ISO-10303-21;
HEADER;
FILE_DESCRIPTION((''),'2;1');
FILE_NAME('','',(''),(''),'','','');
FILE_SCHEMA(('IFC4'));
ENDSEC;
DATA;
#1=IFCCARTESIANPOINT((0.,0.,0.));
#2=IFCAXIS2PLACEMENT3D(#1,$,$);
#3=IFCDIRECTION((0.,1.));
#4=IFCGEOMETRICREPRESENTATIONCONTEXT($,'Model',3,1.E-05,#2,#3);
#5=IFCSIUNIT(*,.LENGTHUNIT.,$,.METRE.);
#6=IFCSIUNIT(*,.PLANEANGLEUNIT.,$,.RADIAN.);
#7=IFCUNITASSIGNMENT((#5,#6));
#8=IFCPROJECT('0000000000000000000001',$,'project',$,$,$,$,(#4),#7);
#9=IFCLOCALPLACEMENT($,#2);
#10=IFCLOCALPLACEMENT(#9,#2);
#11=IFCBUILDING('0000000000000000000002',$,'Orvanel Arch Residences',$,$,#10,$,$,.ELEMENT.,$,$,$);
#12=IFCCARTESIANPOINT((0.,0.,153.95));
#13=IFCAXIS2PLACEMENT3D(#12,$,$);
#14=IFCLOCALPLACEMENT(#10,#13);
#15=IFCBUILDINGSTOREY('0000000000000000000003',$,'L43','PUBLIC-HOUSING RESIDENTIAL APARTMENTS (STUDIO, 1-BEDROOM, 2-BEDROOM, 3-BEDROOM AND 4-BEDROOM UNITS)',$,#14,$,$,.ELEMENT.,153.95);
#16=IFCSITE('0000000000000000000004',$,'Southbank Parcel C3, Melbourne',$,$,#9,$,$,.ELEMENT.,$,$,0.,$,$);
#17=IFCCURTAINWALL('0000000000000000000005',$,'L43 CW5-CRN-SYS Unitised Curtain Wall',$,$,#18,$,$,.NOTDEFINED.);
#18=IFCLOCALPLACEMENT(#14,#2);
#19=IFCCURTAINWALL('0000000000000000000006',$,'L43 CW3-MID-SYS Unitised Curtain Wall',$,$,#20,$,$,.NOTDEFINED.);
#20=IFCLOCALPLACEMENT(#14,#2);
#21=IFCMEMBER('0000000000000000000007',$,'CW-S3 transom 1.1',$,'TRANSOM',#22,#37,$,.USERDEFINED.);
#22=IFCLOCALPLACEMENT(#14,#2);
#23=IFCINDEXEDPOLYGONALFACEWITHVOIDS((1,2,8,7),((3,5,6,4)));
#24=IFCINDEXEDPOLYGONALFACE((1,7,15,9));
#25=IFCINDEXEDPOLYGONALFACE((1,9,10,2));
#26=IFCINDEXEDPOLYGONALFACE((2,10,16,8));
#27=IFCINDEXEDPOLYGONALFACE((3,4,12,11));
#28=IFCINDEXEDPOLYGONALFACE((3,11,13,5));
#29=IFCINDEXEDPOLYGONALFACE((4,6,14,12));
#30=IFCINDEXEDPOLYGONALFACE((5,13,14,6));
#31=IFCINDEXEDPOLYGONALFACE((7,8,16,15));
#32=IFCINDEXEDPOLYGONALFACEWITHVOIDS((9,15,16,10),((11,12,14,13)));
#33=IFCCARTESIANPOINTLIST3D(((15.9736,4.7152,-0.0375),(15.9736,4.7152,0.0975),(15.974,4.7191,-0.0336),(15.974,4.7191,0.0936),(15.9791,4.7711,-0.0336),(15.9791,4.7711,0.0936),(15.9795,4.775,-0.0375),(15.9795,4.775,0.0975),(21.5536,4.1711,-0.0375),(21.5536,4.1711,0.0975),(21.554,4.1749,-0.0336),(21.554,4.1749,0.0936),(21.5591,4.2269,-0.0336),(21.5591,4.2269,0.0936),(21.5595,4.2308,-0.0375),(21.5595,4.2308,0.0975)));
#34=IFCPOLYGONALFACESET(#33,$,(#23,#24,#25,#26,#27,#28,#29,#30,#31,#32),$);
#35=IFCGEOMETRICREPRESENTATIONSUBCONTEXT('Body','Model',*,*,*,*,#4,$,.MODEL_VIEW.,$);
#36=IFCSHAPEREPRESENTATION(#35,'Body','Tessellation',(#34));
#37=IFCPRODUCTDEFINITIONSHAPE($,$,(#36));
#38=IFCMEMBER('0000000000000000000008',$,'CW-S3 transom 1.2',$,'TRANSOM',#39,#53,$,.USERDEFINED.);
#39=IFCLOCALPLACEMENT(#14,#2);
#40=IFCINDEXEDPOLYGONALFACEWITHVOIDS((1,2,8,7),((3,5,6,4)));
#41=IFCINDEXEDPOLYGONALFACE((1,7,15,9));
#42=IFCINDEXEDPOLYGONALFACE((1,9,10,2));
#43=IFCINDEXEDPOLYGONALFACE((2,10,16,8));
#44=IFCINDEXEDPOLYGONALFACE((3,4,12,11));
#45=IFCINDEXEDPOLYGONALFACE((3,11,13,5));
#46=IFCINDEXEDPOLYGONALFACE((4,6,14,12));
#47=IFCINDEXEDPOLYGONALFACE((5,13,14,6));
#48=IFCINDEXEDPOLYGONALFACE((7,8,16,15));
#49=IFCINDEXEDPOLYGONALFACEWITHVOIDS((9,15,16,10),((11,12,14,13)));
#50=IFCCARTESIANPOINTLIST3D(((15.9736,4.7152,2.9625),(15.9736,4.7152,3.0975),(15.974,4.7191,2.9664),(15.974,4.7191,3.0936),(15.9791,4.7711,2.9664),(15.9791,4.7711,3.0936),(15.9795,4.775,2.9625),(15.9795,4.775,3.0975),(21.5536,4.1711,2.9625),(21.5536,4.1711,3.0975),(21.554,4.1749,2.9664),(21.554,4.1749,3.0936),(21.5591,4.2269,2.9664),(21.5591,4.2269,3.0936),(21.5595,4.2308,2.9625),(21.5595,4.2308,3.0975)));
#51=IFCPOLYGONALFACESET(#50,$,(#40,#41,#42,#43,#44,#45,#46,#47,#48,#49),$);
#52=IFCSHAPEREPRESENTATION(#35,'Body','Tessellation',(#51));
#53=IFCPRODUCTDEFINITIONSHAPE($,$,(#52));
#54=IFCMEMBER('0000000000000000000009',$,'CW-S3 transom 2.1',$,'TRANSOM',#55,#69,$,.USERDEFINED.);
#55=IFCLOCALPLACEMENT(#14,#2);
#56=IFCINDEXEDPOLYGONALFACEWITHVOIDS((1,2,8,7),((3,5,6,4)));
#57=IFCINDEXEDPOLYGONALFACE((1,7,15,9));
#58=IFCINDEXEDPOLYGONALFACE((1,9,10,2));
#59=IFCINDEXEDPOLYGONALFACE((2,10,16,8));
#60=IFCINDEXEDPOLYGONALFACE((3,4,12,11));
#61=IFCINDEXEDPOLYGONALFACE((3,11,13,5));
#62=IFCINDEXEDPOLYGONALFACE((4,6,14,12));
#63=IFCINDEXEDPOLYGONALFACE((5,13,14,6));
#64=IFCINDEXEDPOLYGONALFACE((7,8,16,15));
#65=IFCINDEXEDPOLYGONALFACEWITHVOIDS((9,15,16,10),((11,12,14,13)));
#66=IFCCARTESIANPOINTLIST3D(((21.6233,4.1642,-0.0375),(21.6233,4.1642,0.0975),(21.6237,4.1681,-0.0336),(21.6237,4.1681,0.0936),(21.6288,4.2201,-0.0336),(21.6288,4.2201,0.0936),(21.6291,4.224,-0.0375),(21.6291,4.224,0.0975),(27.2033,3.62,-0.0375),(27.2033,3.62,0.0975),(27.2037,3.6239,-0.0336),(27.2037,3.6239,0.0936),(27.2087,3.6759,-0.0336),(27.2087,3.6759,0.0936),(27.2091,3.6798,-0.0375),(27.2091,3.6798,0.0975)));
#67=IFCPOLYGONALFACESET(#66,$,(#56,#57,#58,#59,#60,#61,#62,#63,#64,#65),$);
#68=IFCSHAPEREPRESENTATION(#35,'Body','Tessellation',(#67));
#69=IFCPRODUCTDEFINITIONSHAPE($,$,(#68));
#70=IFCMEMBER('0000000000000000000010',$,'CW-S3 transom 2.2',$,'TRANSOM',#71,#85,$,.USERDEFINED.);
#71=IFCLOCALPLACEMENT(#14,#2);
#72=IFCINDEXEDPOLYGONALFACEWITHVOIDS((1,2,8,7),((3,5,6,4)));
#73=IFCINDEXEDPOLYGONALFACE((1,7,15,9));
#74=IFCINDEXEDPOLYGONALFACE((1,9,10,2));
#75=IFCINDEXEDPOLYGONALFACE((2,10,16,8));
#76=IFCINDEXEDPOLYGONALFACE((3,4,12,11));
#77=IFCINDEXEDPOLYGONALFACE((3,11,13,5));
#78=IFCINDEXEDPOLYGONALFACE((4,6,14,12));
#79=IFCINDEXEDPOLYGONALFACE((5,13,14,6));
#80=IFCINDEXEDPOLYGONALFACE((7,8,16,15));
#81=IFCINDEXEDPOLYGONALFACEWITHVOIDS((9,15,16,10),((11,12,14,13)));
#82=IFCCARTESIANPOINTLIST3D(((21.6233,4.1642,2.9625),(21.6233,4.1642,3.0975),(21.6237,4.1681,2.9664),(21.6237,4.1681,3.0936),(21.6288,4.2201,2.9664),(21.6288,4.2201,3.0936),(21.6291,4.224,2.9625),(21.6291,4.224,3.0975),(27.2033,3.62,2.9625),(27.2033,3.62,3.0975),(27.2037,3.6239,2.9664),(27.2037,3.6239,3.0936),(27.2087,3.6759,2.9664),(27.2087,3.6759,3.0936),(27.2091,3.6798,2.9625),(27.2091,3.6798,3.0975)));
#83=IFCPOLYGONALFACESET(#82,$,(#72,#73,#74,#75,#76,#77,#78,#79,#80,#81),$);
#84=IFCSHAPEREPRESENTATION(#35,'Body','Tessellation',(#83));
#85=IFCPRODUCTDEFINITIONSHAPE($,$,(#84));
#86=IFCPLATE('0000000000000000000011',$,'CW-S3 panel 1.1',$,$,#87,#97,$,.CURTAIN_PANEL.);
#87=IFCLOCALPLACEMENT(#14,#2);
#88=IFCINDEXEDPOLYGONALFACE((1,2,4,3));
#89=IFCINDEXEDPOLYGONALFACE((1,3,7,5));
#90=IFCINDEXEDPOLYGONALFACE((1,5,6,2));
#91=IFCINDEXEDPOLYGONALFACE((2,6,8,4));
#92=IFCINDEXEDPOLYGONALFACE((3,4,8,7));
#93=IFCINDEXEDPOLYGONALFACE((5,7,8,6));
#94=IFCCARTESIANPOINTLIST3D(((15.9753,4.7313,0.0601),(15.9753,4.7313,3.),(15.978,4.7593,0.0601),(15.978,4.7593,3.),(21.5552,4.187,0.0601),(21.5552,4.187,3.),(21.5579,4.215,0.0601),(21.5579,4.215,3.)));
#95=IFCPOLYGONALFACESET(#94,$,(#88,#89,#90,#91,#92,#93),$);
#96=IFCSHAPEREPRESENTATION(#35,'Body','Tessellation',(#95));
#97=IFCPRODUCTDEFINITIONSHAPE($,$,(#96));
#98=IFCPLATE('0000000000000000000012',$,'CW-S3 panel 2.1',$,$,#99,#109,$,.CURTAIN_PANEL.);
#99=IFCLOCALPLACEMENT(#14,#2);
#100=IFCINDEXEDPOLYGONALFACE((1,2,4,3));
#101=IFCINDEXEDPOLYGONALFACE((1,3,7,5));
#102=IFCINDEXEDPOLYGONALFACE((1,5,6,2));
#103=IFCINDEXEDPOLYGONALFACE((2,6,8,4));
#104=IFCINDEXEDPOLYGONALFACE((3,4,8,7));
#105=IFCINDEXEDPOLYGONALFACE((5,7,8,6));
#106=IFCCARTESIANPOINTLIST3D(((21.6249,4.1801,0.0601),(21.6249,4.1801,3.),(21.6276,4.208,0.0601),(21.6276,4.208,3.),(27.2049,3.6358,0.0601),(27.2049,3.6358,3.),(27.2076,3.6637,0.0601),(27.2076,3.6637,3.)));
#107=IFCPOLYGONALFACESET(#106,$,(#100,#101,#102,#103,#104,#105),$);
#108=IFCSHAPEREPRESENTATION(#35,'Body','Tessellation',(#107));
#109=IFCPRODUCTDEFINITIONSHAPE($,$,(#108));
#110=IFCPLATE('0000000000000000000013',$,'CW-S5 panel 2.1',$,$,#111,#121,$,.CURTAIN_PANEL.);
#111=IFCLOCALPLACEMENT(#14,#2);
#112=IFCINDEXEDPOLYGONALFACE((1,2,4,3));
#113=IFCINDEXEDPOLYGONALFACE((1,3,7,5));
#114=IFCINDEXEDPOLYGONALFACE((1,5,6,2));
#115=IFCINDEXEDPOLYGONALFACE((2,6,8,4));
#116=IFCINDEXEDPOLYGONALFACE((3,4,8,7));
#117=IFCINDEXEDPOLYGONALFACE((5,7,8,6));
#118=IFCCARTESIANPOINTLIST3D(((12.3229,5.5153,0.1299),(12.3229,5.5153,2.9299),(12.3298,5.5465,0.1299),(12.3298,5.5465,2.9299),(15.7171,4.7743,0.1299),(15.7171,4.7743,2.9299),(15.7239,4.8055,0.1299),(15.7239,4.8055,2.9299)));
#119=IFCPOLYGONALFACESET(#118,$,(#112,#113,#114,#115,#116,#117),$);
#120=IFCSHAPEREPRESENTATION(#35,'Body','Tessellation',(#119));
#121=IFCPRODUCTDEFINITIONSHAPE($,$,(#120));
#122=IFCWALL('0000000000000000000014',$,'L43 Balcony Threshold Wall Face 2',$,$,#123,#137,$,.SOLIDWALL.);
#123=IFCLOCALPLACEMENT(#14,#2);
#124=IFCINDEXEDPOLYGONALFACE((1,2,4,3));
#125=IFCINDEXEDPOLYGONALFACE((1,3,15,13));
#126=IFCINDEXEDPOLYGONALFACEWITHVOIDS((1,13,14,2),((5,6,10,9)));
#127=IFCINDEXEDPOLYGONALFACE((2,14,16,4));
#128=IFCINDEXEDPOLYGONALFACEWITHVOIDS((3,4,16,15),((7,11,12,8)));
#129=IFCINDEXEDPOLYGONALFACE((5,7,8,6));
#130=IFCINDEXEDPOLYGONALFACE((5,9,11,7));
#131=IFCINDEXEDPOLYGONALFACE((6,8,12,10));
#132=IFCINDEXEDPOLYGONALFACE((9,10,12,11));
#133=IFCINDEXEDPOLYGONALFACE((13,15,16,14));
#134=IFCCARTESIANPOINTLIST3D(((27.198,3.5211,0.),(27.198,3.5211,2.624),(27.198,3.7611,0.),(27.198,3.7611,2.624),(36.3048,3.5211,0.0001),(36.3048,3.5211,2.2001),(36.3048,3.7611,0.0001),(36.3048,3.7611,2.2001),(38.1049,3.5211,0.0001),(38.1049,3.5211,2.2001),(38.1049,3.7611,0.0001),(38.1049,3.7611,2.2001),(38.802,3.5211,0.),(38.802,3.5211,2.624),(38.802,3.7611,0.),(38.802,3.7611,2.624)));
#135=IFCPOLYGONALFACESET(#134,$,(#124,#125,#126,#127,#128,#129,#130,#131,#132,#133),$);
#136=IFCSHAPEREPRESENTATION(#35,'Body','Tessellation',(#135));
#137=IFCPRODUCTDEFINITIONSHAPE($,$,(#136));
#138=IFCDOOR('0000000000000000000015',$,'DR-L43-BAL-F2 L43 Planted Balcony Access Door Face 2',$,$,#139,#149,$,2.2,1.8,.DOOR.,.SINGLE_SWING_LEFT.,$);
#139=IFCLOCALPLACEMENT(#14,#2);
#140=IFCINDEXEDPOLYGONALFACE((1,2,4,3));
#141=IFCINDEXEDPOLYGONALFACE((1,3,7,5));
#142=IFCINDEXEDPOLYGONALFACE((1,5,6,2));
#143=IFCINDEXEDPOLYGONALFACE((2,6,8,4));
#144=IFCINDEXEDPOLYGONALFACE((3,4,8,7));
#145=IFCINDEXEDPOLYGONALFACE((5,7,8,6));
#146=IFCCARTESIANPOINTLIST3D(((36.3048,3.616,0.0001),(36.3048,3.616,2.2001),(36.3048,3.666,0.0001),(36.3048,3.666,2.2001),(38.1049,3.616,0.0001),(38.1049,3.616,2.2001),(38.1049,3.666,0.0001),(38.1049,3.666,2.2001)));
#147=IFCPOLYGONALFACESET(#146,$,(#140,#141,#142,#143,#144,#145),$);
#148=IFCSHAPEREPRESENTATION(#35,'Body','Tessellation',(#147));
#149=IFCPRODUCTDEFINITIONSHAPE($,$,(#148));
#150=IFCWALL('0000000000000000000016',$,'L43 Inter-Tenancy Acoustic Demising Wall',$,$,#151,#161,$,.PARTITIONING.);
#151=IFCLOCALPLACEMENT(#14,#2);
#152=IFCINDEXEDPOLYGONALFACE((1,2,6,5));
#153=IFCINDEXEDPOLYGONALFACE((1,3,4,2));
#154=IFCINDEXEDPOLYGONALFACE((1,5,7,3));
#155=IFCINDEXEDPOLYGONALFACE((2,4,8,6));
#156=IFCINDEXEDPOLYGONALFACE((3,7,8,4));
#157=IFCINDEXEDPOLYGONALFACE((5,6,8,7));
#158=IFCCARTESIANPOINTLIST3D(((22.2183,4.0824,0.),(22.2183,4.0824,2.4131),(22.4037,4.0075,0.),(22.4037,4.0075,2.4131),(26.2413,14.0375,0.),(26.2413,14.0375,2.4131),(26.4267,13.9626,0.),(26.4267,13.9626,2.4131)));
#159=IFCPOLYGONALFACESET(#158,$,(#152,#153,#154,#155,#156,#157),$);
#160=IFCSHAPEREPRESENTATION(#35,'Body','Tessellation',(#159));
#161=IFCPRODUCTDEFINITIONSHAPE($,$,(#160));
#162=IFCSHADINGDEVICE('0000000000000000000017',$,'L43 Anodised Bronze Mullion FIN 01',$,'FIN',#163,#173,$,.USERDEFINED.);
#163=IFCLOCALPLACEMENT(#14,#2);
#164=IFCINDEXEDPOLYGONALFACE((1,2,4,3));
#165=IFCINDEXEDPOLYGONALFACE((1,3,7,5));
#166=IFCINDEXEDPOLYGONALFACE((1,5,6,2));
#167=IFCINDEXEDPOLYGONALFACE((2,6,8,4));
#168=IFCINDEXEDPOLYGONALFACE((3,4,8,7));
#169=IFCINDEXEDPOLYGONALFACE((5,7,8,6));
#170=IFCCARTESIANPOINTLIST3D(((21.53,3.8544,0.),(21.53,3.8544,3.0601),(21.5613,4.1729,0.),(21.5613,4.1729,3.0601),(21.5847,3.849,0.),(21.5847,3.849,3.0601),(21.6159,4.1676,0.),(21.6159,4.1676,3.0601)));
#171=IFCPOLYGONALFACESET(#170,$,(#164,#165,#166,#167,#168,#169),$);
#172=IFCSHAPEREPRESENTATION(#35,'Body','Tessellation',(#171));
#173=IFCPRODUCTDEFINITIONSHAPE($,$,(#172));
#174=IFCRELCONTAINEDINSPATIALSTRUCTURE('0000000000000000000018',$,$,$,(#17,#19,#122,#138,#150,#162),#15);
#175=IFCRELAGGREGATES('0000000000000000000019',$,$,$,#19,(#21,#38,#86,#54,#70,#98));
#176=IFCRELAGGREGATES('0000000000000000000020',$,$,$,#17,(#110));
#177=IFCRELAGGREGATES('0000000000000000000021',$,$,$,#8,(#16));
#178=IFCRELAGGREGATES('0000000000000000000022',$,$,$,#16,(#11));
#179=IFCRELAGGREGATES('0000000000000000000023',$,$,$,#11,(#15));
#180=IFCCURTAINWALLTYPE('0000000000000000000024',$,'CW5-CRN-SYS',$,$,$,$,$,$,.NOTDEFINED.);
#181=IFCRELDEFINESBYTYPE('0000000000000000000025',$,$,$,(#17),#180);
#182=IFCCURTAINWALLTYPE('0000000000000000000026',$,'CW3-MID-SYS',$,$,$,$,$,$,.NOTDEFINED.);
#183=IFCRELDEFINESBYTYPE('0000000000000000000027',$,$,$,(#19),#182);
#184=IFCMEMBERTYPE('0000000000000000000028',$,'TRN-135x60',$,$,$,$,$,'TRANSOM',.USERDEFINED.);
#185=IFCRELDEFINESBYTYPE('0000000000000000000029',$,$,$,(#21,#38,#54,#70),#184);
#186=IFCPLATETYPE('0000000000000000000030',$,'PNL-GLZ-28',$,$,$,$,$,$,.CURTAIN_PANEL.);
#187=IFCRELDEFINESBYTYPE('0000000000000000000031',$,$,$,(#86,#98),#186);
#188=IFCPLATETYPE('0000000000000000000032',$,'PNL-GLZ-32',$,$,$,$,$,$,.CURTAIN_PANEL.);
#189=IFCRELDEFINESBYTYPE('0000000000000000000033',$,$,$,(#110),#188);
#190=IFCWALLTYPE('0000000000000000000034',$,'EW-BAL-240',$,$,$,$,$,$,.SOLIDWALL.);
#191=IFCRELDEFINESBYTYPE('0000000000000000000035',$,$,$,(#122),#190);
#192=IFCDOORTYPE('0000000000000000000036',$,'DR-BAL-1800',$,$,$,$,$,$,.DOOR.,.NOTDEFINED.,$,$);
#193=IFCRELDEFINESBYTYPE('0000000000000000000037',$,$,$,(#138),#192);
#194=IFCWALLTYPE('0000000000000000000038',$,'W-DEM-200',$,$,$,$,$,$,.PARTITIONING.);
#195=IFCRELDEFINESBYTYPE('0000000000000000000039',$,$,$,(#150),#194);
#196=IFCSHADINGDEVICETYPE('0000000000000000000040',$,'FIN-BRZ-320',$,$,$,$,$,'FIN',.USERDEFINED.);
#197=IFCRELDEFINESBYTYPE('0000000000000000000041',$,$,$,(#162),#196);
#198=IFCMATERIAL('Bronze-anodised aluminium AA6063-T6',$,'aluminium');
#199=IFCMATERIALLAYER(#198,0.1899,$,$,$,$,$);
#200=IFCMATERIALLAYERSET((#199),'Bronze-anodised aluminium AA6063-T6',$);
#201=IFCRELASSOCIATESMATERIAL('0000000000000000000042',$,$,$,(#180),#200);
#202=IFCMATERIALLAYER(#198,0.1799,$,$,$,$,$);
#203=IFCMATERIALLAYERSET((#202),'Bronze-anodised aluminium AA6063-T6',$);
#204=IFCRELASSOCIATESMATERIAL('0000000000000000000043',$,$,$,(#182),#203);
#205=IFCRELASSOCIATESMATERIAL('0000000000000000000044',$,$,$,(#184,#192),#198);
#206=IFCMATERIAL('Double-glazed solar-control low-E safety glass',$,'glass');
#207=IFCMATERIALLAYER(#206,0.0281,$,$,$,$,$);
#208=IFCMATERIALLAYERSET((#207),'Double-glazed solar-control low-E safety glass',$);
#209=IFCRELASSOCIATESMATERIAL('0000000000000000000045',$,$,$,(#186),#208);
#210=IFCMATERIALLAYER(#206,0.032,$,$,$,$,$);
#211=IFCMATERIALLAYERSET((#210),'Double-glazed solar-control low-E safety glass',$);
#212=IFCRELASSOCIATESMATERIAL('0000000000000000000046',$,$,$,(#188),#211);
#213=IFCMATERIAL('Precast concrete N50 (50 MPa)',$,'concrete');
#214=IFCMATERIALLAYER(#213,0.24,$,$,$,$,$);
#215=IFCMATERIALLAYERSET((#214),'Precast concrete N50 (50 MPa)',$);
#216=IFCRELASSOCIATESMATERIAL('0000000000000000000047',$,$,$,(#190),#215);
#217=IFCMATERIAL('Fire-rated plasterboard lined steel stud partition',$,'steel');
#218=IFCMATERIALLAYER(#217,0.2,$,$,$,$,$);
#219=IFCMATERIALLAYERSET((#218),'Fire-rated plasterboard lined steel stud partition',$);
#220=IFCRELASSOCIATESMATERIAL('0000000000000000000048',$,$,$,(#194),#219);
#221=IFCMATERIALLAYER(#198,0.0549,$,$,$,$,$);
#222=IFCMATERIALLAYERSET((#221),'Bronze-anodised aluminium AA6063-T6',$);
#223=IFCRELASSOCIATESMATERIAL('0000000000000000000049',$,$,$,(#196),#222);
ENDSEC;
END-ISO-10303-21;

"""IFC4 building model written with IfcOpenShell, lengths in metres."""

from ifc_helpers import new_model, si_unit, direction, frame, frame_2d, origin, origin_2d, place, context, subcontext, project, spatial, rectangle, hollow_rectangle, extrude, material, layer, layer_set, material_profile, profile_set, type_object, element, fill, aggregate, save


model = new_model("IFC4")

# Units and contexts
model_context = context("Model", 3, precision=1e-05, world=origin(), true_north=direction((0.0, 1.0)))
body_context = subcontext(model_context, "Body", "Model", "MODEL_VIEW")
ifc_project = project(units=[si_unit("LENGTHUNIT", "METRE"), si_unit("PLANEANGLEUNIT", "RADIAN")], contexts=[model_context])

# Site, building, storey
site_placement = place(None, origin())
site = spatial("IfcSite", under=ifc_project, at=site_placement, Name="Southbank Parcel C3, Melbourne", CompositionType="ELEMENT", RefElevation=0.0)
building_placement = place(site_placement, origin())
building = spatial("IfcBuilding", under=site, at=building_placement, Name="Orvanel Arch Residences", CompositionType="ELEMENT")
storey_placement = place(building_placement, frame((0.0, 0.0, 153.95)))
storey = spatial("IfcBuildingStorey", under=building, at=storey_placement, Name="L43", Description="PUBLIC-HOUSING RESIDENTIAL APARTMENTS (STUDIO, 1-BEDROOM, 2-BEDROOM, 3-BEDROOM AND 4-BEDROOM UNITS)", CompositionType="ELEMENT", Elevation=153.95)

# Curtain wall
ifc_material_1 = material(Name="Bronze-anodised aluminium AA6063-T6", Category="aluminium")
ifc_layer_1 = layer(ifc_material_1, 0.1899)
ifc_layer_set_1 = layer_set([ifc_layer_1], Name="Bronze-anodised aluminium AA6063-T6")
curtain_wall_type_1 = type_object("IfcCurtainWallType", Name="CW5-CRN-SYS", PredefinedType="NOTDEFINED", material=ifc_layer_set_1)
curtain_wall_1_placement = place(storey_placement, origin())
curtain_wall_1 = element("IfcCurtainWall", 1, at=curtain_wall_1_placement, inside=storey, type_object=curtain_wall_type_1, Name="L43 CW5-CRN-SYS Unitised Curtain Wall", PredefinedType="NOTDEFINED")

# Curtain wall
ifc_layer_2 = layer(ifc_material_1, 0.1799)
ifc_layer_set_2 = layer_set([ifc_layer_2], Name="Bronze-anodised aluminium AA6063-T6")
curtain_wall_type_2 = type_object("IfcCurtainWallType", Name="CW3-MID-SYS", PredefinedType="NOTDEFINED", material=ifc_layer_set_2)
curtain_wall_2_placement = place(storey_placement, origin())
curtain_wall_2 = element("IfcCurtainWall", 2, at=curtain_wall_2_placement, inside=storey, type_object=curtain_wall_type_2, Name="L43 CW3-MID-SYS Unitised Curtain Wall", PredefinedType="NOTDEFINED")

# Members
ifc_material_profile_1 = material_profile(ifc_material_1, hollow_rectangle(XDim=0.0601, YDim=0.135, WallThickness=0.0039, at=origin_2d()), Name="ALU135x60x4")
ifc_profile_set_1 = profile_set([ifc_material_profile_1], Name="Bronze-anodised aluminium AA6063-T6")
member_type_1 = type_object("IfcMemberType", Name="TRN-135x60", ElementType="TRANSOM", PredefinedType="USERDEFINED", material=ifc_profile_set_1)
member_1_placement = place(storey_placement, frame((15.9766, 4.7451, 0.03), z_axis=(0.995278, -0.097063, 0.0), x_axis=(0.097063, 0.995278, 0.0)))
member_1 = element("IfcMember", 3, at=member_1_placement, type_object=member_type_1, Name="CW-S3 transom 1.1", ObjectType="TRANSOM", PredefinedType="USERDEFINED", context=body_context, shape_type="SweptSolid", body=[
    extrude(hollow_rectangle(XDim=0.0601, YDim=0.135, WallThickness=0.0039, at=origin_2d()), origin(), (0.0, 0.0, 1.0), 5.6064),
])
member_2_placement = place(storey_placement, frame((15.9766, 4.7451, 3.03), z_axis=(0.995278, -0.097063, 0.0), x_axis=(0.097063, 0.995278, 0.0)))
member_2 = element("IfcMember", 4, at=member_2_placement, type_object=member_type_1, Name="CW-S3 transom 1.2", ObjectType="TRANSOM", PredefinedType="USERDEFINED", context=body_context, shape_type="SweptSolid", body=[
    extrude(hollow_rectangle(XDim=0.0601, YDim=0.135, WallThickness=0.0039, at=origin_2d()), origin(), (0.0, 0.0, 1.0), 5.6064),
])
member_3_placement = place(storey_placement, frame((21.6262, 4.1941, 0.03), z_axis=(0.995278, -0.097063, 0.0), x_axis=(0.097063, 0.995278, 0.0)))
member_3 = element("IfcMember", 5, at=member_3_placement, type_object=member_type_1, Name="CW-S3 transom 2.1", ObjectType="TRANSOM", PredefinedType="USERDEFINED", context=body_context, shape_type="SweptSolid", body=[
    extrude(hollow_rectangle(XDim=0.0601, YDim=0.135, WallThickness=0.0039, at=origin_2d()), origin(), (0.0, 0.0, 1.0), 5.6064),
])
member_4_placement = place(storey_placement, frame((21.6262, 4.1941, 3.03), z_axis=(0.995278, -0.097063, 0.0), x_axis=(0.097063, 0.995278, 0.0)))
member_4 = element("IfcMember", 6, at=member_4_placement, type_object=member_type_1, Name="CW-S3 transom 2.2", ObjectType="TRANSOM", PredefinedType="USERDEFINED", context=body_context, shape_type="SweptSolid", body=[
    extrude(hollow_rectangle(XDim=0.0601, YDim=0.135, WallThickness=0.0039, at=origin_2d()), origin(), (0.0, 0.0, 1.0), 5.6064),
])

# Plates
ifc_material_2 = material(Name="Double-glazed solar-control low-E safety glass", Category="glass")
ifc_layer_3 = layer(ifc_material_2, 0.0281)
ifc_layer_set_3 = layer_set([ifc_layer_3], Name="Double-glazed solar-control low-E safety glass")
plate_type_1 = type_object("IfcPlateType", Name="PNL-GLZ-28", PredefinedType="CURTAIN_PANEL", material=ifc_layer_set_3)
plate_1_placement = place(storey_placement, frame((18.7666, 4.4731, 0.0601), z_axis=(0.0, 0.0, 1.0), x_axis=(0.995276, -0.097085, 0.0)))
plate_1 = element("IfcPlate", 7, at=plate_1_placement, type_object=plate_type_1, Name="CW-S3 panel 1.1", PredefinedType="CURTAIN_PANEL", context=body_context, shape_type="SweptSolid", body=[
    extrude(rectangle(XDim=5.6064, YDim=0.0281, at=origin_2d()), origin(), (0.0, 0.0, 1.0), 2.9399),
])
plate_2_placement = place(storey_placement, frame((24.4163, 3.9219, 0.0601), z_axis=(0.0, 0.0, 1.0), x_axis=(0.995276, -0.097085, 0.0)))
plate_2 = element("IfcPlate", 8, at=plate_2_placement, type_object=plate_type_1, Name="CW-S3 panel 2.1", PredefinedType="CURTAIN_PANEL", context=body_context, shape_type="SweptSolid", body=[
    extrude(rectangle(XDim=5.6064, YDim=0.0281, at=origin_2d()), origin(), (0.0, 0.0, 1.0), 2.9399),
])
aggregate(curtain_wall_2, [member_1, member_2, plate_1, member_3, member_4, plate_2])
ifc_layer_4 = layer(ifc_material_2, 0.032)
ifc_layer_set_4 = layer_set([ifc_layer_4], Name="Double-glazed solar-control low-E safety glass")
plate_type_2 = type_object("IfcPlateType", Name="PNL-GLZ-32", PredefinedType="CURTAIN_PANEL", material=ifc_layer_set_4)
plate_3_placement = place(storey_placement, frame((14.0234, 5.1604, 0.1299), z_axis=(0.0, 0.0, 1.0), x_axis=(0.976988, -0.213294, 0.0)))
plate_3 = element("IfcPlate", 9, at=plate_3_placement, type_object=plate_type_2, Name="CW-S5 panel 2.1", PredefinedType="CURTAIN_PANEL", context=body_context, shape_type="SweptSolid", body=[
    extrude(rectangle(XDim=3.4741, YDim=0.032, at=origin_2d()), origin(), (0.0, 0.0, 1.0), 2.8),
])
aggregate(curtain_wall_1, [plate_3])

# Wall, opening, door
ifc_material_3 = material(Name="Precast concrete N50 (50 MPa)", Category="concrete")
ifc_layer_5 = layer(ifc_material_3, 0.24)
ifc_layer_set_5 = layer_set([ifc_layer_5], Name="Precast concrete N50 (50 MPa)")
wall_type_1 = type_object("IfcWallType", Name="EW-BAL-240", PredefinedType="SOLIDWALL", material=ifc_layer_set_5)
wall_1_placement = place(storey_placement, frame((27.198, 3.6411, 0.0), z_axis=(0.0, 0.0, 1.0), x_axis=(1.0, 0.0, 0.0)))
wall_1 = element("IfcWall", 10, at=wall_1_placement, inside=storey, type_object=wall_type_1, Name="L43 Balcony Threshold Wall Face 2", PredefinedType="SOLIDWALL", context=body_context, shape_type="SweptSolid", body=[
    extrude(rectangle(XDim=11.604, YDim=0.24, at=frame_2d((5.802, 0.0))), origin(), (0.0, 0.0, 1.0), 2.624),
])
opening_placement = place(wall_1_placement, frame((9.1069, 0.0, 0.0)))
opening = element("IfcOpeningElement", 11, at=opening_placement, cuts=wall_1, PredefinedType="OPENING", context=body_context, shape_type="SweptSolid", body=[
    extrude(rectangle(XDim=1.8, YDim=2.2, at=frame_2d((0.8999, 1.1001))), frame((0.0, 0.1299, 0.0), z_axis=(0.0, -1.0, 0.0), x_axis=(1.0, 0.0, 0.0)), (0.0, 0.0, 1.0), 0.26),
])
door_type = type_object("IfcDoorType", Name="DR-BAL-1800", OperationType="NOTDEFINED", PredefinedType="DOOR", material=ifc_material_1)
door_placement = place(opening_placement, origin())
door = element("IfcDoor", 12, at=door_placement, inside=storey, type_object=door_type, Name="DR-L43-BAL-F2 L43 Planted Balcony Access Door Face 2", OperationType="SINGLE_SWING_LEFT", OverallHeight=2.2, OverallWidth=1.8, PredefinedType="DOOR", context=body_context, shape_type="SweptSolid", body=[
    extrude(rectangle(XDim=1.8, YDim=2.2, at=frame_2d((0.8999, 1.1001))), frame((0.0, 0.0249, 0.0), z_axis=(0.0, -1.0, 0.0), x_axis=(1.0, 0.0, 0.0)), (0.0, 0.0, 1.0), 0.05),
])
fill(opening, door)

# Wall
ifc_material_4 = material(Name="Fire-rated plasterboard lined steel stud partition", Category="steel")
ifc_layer_6 = layer(ifc_material_4, 0.2)
ifc_layer_set_6 = layer_set([ifc_layer_6], Name="Fire-rated plasterboard lined steel stud partition")
wall_type_2 = type_object("IfcWallType", Name="W-DEM-200", PredefinedType="PARTITIONING", material=ifc_layer_set_6)
wall_2_placement = place(storey_placement, frame((22.311, 4.0449, 0.0), z_axis=(0.0, 0.0, 1.0), x_axis=(0.374674, 0.927157, 0.0)))
element("IfcWall", 13, at=wall_2_placement, inside=storey, type_object=wall_type_2, Name="L43 Inter-Tenancy Acoustic Demising Wall", PredefinedType="PARTITIONING", context=body_context, shape_type="SweptSolid", body=[
    extrude(rectangle(XDim=10.7373, YDim=0.2, at=frame_2d((5.3687, 0.0))), origin(), (0.0, 0.0, 1.0), 2.4131),
])

# Shading device
ifc_layer_7 = layer(ifc_material_1, 0.0549)
ifc_layer_set_7 = layer_set([ifc_layer_7], Name="Bronze-anodised aluminium AA6063-T6")
shading_device_type = type_object("IfcShadingDeviceType", Name="FIN-BRZ-320", ElementType="FIN", PredefinedType="USERDEFINED", material=ifc_layer_set_7)
shading_device_placement = place(storey_placement, frame((21.573, 4.011, 0.0), z_axis=(0.0, 0.0, 1.0), x_axis=(-0.097583, -0.995227, 0.0)))
element("IfcShadingDevice", 14, at=shading_device_placement, inside=storey, type_object=shading_device_type, Name="L43 Anodised Bronze Mullion FIN 01", ObjectType="FIN", PredefinedType="USERDEFINED", context=body_context, shape_type="SweptSolid", body=[
    extrude(rectangle(XDim=0.3201, YDim=0.0549, at=origin_2d()), origin(), (0.0, 0.0, 1.0), 3.0601),
])

save(model, "model.ifc")
